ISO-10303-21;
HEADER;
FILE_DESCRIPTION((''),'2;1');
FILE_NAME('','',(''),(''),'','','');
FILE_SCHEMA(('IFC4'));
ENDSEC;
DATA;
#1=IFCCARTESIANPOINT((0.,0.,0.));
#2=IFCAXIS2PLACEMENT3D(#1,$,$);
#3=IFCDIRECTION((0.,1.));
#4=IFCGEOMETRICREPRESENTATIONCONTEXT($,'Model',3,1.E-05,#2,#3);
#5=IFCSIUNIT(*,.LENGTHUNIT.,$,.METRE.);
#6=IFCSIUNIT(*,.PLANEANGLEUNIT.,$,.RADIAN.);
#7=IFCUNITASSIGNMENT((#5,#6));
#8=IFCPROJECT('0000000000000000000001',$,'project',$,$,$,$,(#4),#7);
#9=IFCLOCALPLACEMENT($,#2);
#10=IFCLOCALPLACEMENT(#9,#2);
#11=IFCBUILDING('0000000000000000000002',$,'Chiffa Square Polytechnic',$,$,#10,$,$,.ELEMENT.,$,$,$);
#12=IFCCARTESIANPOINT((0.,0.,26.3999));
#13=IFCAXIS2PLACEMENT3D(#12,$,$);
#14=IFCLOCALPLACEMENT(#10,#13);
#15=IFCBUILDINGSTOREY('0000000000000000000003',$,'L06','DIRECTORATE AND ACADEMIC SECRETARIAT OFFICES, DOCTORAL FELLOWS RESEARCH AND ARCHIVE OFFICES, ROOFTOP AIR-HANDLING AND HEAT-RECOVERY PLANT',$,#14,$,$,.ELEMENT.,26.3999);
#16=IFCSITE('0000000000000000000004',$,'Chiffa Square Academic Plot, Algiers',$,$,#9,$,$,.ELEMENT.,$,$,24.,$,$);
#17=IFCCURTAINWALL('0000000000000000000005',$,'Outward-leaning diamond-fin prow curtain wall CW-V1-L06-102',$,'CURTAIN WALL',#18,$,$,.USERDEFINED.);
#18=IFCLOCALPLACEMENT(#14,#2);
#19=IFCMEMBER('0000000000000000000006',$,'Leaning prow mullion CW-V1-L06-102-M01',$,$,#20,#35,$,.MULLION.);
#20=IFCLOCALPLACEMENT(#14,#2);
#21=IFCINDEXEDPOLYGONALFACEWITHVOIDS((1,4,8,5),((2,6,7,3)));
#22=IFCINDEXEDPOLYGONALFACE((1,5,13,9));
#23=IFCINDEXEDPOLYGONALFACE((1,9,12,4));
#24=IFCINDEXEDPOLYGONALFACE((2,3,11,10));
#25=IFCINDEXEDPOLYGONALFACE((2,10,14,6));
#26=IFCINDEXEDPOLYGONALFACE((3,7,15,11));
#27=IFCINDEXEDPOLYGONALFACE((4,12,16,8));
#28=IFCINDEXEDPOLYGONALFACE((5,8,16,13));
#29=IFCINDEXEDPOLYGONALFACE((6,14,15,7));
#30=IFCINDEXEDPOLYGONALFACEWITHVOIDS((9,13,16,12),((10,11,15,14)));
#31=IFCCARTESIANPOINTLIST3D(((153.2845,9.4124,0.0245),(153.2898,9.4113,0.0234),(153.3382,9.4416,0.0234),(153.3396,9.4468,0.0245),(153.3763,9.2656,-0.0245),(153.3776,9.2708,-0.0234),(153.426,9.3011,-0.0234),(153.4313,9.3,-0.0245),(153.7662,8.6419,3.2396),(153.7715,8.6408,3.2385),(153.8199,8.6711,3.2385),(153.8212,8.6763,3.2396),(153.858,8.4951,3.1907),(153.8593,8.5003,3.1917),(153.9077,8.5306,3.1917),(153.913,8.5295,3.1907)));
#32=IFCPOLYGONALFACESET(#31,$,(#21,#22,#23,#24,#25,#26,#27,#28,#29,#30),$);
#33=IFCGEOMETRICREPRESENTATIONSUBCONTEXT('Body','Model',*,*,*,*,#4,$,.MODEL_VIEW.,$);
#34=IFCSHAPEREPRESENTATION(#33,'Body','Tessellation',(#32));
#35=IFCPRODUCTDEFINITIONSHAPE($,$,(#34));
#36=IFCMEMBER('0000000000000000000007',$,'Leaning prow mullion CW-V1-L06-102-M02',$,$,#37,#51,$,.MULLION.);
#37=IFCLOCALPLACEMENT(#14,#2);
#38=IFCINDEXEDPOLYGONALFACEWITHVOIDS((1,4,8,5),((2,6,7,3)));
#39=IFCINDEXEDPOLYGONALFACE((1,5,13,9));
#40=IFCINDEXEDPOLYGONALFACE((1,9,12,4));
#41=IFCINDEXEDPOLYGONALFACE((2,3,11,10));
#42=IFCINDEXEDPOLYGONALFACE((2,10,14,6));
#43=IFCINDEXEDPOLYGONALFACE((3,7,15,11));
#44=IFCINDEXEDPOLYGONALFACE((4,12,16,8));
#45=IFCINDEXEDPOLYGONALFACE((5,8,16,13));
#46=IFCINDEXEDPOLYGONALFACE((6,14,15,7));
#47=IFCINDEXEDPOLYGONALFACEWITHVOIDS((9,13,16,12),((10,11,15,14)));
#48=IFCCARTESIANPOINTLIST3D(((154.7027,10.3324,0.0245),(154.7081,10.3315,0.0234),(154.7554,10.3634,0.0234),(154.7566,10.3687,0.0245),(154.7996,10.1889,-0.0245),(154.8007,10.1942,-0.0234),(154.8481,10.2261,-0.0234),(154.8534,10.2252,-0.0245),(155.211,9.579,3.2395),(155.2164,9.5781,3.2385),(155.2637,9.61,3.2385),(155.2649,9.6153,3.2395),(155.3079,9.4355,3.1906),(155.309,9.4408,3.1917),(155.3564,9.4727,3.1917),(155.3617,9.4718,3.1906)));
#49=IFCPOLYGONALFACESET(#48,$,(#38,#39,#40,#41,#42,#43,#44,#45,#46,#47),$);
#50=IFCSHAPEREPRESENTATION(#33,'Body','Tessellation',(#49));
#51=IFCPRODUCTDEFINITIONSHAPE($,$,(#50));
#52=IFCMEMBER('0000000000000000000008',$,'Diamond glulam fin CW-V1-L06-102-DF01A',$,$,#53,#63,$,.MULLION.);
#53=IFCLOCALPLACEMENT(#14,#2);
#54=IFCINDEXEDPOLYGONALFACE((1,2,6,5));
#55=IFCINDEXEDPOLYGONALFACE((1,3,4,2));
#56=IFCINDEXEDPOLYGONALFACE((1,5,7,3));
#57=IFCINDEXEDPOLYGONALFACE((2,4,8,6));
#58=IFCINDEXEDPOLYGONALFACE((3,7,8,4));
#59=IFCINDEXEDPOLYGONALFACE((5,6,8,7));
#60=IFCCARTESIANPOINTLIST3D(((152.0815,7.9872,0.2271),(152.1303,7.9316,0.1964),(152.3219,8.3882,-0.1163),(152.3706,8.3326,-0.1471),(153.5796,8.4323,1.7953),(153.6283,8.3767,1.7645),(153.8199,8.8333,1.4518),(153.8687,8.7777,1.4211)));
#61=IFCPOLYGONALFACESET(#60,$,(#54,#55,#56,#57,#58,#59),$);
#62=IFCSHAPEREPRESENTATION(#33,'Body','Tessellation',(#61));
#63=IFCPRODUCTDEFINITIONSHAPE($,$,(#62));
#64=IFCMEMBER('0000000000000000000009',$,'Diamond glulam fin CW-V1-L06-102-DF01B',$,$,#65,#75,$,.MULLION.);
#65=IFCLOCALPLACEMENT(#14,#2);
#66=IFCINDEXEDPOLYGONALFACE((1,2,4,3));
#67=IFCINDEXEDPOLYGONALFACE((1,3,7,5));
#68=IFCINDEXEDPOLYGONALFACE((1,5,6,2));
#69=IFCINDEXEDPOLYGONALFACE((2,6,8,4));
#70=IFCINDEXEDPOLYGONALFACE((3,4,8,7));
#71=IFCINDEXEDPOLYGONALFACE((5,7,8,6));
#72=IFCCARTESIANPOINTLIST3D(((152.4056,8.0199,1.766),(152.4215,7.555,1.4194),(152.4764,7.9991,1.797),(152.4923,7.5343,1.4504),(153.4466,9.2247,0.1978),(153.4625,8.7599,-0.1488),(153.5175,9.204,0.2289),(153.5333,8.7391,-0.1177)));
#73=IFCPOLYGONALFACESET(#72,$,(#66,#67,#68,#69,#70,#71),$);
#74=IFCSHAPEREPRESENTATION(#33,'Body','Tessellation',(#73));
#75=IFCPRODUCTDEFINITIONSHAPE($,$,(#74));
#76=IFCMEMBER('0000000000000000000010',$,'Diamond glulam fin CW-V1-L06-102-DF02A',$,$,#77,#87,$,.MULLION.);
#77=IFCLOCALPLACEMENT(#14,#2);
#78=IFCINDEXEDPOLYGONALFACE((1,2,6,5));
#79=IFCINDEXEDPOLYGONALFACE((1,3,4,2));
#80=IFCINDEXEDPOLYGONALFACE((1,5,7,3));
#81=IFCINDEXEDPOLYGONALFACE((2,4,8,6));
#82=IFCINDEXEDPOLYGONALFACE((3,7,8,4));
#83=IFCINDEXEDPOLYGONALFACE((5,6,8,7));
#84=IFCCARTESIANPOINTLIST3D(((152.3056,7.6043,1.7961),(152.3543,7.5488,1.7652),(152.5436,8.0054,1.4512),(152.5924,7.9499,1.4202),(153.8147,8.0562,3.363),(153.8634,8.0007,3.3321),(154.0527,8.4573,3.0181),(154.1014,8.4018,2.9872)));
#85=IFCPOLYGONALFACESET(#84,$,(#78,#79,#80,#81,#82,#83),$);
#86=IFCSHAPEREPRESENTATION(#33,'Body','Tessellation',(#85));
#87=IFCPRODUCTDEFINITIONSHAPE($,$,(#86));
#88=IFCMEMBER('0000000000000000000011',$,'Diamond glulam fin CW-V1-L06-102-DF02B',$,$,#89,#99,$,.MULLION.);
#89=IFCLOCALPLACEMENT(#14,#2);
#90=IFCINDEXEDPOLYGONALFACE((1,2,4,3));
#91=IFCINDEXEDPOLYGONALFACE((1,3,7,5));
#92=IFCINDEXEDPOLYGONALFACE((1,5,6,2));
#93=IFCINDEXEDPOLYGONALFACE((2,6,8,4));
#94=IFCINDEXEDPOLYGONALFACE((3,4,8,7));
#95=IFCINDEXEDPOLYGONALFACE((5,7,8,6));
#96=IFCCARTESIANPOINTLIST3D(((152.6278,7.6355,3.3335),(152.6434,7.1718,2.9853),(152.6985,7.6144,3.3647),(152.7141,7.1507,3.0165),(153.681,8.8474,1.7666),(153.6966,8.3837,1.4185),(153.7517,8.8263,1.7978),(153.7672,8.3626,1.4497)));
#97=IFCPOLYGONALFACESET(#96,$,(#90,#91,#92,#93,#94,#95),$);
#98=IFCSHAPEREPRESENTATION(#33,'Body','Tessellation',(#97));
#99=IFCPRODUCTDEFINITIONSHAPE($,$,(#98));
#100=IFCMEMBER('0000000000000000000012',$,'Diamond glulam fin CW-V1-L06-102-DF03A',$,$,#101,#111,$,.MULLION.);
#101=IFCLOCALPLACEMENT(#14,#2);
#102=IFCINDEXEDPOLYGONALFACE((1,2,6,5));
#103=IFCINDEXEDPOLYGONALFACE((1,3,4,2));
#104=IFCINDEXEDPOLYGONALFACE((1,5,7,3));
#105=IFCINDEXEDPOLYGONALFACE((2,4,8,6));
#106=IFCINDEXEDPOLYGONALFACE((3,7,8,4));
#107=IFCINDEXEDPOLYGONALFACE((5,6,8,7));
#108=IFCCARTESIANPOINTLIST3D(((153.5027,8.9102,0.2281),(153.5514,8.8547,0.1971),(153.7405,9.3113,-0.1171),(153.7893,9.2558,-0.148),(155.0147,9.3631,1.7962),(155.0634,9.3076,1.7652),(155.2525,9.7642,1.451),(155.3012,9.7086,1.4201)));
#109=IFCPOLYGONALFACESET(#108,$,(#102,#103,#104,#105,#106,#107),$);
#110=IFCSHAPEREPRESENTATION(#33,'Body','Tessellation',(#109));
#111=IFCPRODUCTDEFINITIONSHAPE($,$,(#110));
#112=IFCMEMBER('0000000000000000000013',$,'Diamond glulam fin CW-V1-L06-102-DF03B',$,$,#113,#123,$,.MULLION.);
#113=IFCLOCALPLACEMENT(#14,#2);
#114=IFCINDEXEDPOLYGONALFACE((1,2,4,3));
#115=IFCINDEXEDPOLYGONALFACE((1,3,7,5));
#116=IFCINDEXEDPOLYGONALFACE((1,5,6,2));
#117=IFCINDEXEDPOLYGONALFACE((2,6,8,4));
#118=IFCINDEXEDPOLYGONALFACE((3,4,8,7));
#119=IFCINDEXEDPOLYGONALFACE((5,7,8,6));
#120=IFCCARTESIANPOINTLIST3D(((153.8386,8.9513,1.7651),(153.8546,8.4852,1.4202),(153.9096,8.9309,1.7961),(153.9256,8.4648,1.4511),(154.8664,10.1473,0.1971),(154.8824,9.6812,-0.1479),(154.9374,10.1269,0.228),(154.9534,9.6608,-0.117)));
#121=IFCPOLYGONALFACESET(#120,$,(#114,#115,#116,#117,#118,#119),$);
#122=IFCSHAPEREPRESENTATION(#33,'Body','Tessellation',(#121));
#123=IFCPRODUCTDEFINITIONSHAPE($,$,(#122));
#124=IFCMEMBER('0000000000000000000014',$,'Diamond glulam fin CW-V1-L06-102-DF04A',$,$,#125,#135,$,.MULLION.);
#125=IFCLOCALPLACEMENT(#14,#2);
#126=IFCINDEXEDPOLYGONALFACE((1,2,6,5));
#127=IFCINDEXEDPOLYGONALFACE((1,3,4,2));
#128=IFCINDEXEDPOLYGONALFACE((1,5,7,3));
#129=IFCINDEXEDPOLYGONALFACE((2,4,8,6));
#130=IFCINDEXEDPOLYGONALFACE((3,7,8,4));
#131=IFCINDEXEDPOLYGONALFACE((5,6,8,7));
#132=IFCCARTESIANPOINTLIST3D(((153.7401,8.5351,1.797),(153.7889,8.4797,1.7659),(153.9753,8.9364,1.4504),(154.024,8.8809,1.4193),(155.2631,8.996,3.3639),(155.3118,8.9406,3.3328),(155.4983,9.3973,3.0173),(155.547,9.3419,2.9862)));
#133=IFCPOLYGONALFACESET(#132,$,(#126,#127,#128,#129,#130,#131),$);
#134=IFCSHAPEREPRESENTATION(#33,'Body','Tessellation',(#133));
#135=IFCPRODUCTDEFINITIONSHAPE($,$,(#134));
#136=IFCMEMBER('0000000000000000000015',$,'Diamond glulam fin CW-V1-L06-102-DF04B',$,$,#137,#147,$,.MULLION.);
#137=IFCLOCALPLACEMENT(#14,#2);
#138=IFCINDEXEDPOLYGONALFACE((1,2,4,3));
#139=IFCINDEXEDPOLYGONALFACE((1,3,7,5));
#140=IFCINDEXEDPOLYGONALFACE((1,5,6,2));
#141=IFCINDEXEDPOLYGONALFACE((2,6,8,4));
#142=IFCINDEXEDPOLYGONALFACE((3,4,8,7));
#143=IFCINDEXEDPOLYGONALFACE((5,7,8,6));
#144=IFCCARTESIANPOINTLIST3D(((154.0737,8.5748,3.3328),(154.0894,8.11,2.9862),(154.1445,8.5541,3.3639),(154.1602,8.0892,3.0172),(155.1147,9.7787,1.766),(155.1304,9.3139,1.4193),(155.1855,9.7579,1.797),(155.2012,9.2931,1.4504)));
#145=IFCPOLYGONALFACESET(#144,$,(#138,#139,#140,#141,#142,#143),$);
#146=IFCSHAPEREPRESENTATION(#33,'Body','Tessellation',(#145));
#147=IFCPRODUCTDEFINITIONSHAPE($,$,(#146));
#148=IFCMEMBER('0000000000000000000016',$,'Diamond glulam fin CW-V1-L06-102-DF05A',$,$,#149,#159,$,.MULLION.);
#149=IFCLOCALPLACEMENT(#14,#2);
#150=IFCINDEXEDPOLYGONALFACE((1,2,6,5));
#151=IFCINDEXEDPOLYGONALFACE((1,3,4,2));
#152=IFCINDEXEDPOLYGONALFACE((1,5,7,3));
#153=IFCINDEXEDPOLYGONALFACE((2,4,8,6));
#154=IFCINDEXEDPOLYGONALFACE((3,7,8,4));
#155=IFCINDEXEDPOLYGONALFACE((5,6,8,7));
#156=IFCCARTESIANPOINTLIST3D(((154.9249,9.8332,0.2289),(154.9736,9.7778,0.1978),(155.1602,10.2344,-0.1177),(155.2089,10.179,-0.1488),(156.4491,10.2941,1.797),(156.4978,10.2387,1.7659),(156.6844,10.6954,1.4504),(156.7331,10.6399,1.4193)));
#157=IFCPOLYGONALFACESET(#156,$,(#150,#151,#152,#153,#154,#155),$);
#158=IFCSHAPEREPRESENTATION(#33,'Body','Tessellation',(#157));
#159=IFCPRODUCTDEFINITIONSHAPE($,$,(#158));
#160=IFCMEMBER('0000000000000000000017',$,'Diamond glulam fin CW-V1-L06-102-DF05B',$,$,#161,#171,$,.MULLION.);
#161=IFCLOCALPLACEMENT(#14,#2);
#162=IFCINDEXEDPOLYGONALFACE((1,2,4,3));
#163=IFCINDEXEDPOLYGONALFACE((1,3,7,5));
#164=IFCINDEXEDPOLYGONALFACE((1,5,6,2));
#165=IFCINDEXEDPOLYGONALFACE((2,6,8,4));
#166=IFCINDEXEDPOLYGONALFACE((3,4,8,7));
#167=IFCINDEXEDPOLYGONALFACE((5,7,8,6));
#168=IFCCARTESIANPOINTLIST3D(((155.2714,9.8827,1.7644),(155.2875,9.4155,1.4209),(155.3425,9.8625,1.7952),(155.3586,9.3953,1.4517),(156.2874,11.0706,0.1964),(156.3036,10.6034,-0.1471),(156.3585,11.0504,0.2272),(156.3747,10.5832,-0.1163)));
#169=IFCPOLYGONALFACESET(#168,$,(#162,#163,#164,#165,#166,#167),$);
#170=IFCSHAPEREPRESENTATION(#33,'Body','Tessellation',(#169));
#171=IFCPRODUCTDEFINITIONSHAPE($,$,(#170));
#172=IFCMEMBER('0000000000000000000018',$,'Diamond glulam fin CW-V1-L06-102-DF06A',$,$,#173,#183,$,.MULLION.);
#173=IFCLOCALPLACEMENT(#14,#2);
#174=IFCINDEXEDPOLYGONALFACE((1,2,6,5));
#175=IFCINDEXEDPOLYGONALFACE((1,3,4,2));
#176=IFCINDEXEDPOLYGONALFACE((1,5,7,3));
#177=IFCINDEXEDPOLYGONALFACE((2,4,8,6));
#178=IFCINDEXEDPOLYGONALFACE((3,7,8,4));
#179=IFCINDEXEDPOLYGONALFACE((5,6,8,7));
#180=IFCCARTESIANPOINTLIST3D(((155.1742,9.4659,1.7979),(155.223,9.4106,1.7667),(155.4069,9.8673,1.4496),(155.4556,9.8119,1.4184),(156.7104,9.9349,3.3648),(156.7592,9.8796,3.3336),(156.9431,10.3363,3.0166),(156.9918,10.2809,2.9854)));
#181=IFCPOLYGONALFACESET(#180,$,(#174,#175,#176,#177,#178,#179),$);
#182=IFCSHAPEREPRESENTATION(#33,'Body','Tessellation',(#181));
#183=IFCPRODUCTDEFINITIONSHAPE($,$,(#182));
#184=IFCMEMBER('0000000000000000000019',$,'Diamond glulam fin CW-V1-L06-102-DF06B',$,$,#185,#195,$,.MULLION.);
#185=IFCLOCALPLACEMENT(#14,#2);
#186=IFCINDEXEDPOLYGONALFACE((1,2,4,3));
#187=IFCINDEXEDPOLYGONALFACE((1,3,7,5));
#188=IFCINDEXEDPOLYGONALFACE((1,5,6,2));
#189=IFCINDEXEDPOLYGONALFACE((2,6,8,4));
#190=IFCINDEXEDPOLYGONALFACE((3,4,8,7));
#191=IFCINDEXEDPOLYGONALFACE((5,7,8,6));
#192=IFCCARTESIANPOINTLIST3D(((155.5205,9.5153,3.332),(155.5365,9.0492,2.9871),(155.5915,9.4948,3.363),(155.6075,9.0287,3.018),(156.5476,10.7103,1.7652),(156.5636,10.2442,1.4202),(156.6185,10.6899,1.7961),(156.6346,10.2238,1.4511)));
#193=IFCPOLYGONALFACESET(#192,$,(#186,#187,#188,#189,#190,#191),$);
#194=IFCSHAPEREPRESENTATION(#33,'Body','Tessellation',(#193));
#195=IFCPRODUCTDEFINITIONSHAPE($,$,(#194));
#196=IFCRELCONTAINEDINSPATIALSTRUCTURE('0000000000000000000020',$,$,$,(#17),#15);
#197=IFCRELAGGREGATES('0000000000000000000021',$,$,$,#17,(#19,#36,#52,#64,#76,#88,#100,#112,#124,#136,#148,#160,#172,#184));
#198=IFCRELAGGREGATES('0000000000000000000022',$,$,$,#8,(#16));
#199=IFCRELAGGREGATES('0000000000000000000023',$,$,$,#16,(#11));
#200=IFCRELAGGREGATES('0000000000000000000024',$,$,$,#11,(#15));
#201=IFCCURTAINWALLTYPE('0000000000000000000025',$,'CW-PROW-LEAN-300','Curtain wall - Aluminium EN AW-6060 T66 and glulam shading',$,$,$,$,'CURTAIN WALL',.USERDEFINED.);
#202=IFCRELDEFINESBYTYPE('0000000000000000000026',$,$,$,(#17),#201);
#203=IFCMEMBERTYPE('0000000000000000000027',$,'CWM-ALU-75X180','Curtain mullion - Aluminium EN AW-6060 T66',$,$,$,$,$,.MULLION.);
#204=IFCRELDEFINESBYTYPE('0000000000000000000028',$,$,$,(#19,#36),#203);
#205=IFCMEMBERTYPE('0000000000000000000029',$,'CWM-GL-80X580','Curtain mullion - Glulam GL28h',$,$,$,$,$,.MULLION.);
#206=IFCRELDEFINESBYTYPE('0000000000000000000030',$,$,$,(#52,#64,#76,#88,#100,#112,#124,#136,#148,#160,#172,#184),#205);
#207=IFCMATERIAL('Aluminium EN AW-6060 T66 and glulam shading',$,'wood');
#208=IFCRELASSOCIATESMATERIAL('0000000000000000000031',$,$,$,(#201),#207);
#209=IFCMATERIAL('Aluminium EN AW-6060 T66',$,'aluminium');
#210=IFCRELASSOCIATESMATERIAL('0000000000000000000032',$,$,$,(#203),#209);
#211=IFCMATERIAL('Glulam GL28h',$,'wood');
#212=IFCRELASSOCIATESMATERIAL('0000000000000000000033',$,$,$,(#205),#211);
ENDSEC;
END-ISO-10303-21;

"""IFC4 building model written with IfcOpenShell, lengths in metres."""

from ifc_helpers import new_model, si_unit, direction, frame, origin, origin_2d, place, context, subcontext, project, spatial, rectangle, hollow_rectangle, extrude, material, material_profile, profile_set, type_object, element, aggregate, save


model = new_model("IFC4")

# Units and contexts
model_context = context("Model", 3, precision=1e-05, world=origin(), true_north=direction((0.0, 1.0)))
body_context = subcontext(model_context, "Body", "Model", "MODEL_VIEW")
ifc_project = project(units=[si_unit("LENGTHUNIT", "METRE"), si_unit("PLANEANGLEUNIT", "RADIAN")], contexts=[model_context])

# Site, building, storey
site_placement = place(None, origin())
site = spatial("IfcSite", under=ifc_project, at=site_placement, Name="Chiffa Square Academic Plot, Algiers", CompositionType="ELEMENT", RefElevation=24.0)
building_placement = place(site_placement, origin())
building = spatial("IfcBuilding", under=site, at=building_placement, Name="Chiffa Square Polytechnic", CompositionType="ELEMENT")
storey_placement = place(building_placement, frame((0.0, 0.0, 26.3999)))
storey = spatial("IfcBuildingStorey", under=building, at=storey_placement, Name="L06", Description="DIRECTORATE AND ACADEMIC SECRETARIAT OFFICES, DOCTORAL FELLOWS RESEARCH AND ARCHIVE OFFICES, ROOFTOP AIR-HANDLING AND HEAT-RECOVERY PLANT", CompositionType="ELEMENT", Elevation=26.3999)

# Curtain wall, members
ifc_material_1 = material(Name="Aluminium EN AW-6060 T66 and glulam shading", Category="wood")
curtain_wall_type_1 = type_object("IfcCurtainWallType", Name="CW-PROW-LEAN-300", Description="Curtain wall - Aluminium EN AW-6060 T66 and glulam shading", ElementType="CURTAIN WALL", PredefinedType="USERDEFINED", material=ifc_material_1)
curtain_wall_1_placement = place(storey_placement, origin())
curtain_wall_1 = element("IfcCurtainWall", 1, at=curtain_wall_1_placement, inside=storey, type_object=curtain_wall_type_1, Name="Outward-leaning diamond-fin prow curtain wall CW-V1-L06-102", ObjectType="CURTAIN WALL", PredefinedType="USERDEFINED")
ifc_material_2 = material(Name="Aluminium EN AW-6060 T66", Category="aluminium")
ifc_material_profile_1 = material_profile(ifc_material_2, hollow_rectangle(XDim=0.0649, YDim=0.1799, WallThickness=0.0039, at=origin_2d()), Name="ALU 65x180x4")
ifc_profile_set_1 = profile_set([ifc_material_profile_1], Name="Aluminium EN AW-6060 T66")
member_type_1 = type_object("IfcMemberType", Name="CWM-ALU-75X180", Description="Curtain mullion - Aluminium EN AW-6060 T66", PredefinedType="MULLION", material=ifc_profile_set_1)
member_1_placement = place(storey_placement, frame((153.3579, 9.3562, 0.0), z_axis=(0.144174, -0.23062, 0.962304), x_axis=(0.847938, 0.530096, 0.0)))
member_1 = element("IfcMember", 2, at=member_1_placement, type_object=member_type_1, Name="Leaning prow mullion CW-V1-L06-102-M01", PredefinedType="MULLION", context=body_context, shape_type="SweptSolid", body=[
    extrude(hollow_rectangle(XDim=0.0649, YDim=0.1799, WallThickness=0.0039, at=origin_2d()), origin(), (0.0, 0.0, 1.0), 3.3411),
])
member_2_placement = place(storey_placement, frame((154.7781, 10.2788, 0.0), z_axis=(0.152137, -0.225501, 0.962291), x_axis=(0.828979, 0.559279, 0.0)))
member_2 = element("IfcMember", 3, at=member_2_placement, type_object=member_type_1, Name="Leaning prow mullion CW-V1-L06-102-M02", PredefinedType="MULLION", context=body_context, shape_type="SweptSolid", body=[
    extrude(hollow_rectangle(XDim=0.0649, YDim=0.1799, WallThickness=0.0039, at=origin_2d()), origin(), (0.0, 0.0, 1.0), 3.3411),
])
ifc_material_3 = material(Name="Glulam GL28h", Category="wood")
ifc_material_profile_2 = material_profile(ifc_material_3, rectangle(XDim=0.0801, YDim=0.5801, at=origin_2d()), Name="GL28h 80x580")
ifc_profile_set_2 = profile_set([ifc_material_profile_2], Name="Glulam GL28h")
member_type_2 = type_object("IfcMemberType", Name="CWM-GL-80X580", Description="Curtain mullion - Glulam GL28h", PredefinedType="MULLION", material=ifc_profile_set_2)
member_3_placement = place(storey_placement, frame((152.2261, 8.1599, 0.04), z_axis=(0.676665, 0.201036, 0.708314), x_axis=(-0.60865, 0.694072, 0.384459)))
member_3 = element("IfcMember", 4, at=member_3_placement, type_object=member_type_2, Name="Diamond glulam fin CW-V1-L06-102-DF01A", PredefinedType="MULLION", context=body_context, shape_type="SweptSolid", body=[
    extrude(rectangle(XDim=0.0801, YDim=0.5801, at=origin_2d()), origin(), (0.0, 0.0, 1.0), 2.2139),
])
member_4_placement = place(storey_placement, frame((153.49, 8.9819, 0.04), z_axis=(-0.465821, -0.539124, 0.701681), x_axis=(0.884456, -0.259143, 0.388051)))
member_4 = element("IfcMember", 5, at=member_4_placement, type_object=member_type_2, Name="Diamond glulam fin CW-V1-L06-102-DF01B", PredefinedType="MULLION", context=body_context, shape_type="SweptSolid", body=[
    extrude(rectangle(XDim=0.0801, YDim=0.5801, at=origin_2d()), origin(), (0.0, 0.0, 1.0), 2.2349),
])
member_5_placement = place(storey_placement, frame((152.449, 7.7771, 1.6082), z_axis=(0.679183, 0.203392, 0.705225), x_axis=(-0.608545, 0.693231, 0.38614)))
member_5 = element("IfcMember", 6, at=member_5_placement, type_object=member_type_2, Name="Diamond glulam fin CW-V1-L06-102-DF02A", PredefinedType="MULLION", context=body_context, shape_type="SweptSolid", body=[
    extrude(rectangle(XDim=0.0801, YDim=0.5801, at=origin_2d()), origin(), (0.0, 0.0, 1.0), 2.2219),
])
member_6_placement = place(storey_placement, frame((153.7241, 8.605, 1.6082), z_axis=(-0.469461, -0.540195, 0.698424), x_axis=(0.882545, -0.263019, 0.38979)))
member_6 = element("IfcMember", 7, at=member_6_placement, type_object=member_type_2, Name="Diamond glulam fin CW-V1-L06-102-DF02B", PredefinedType="MULLION", context=body_context, shape_type="SweptSolid", body=[
    extrude(rectangle(XDim=0.0801, YDim=0.5801, at=origin_2d()), origin(), (0.0, 0.0, 1.0), 2.2434),
])
member_7_placement = place(storey_placement, frame((153.646, 9.083, 0.04), z_axis=(0.679569, 0.203552, 0.704807), x_axis=(-0.608369, 0.693259, 0.386366)))
member_7 = element("IfcMember", 8, at=member_7_placement, type_object=member_type_2, Name="Diamond glulam fin CW-V1-L06-102-DF03A", PredefinedType="MULLION", context=body_context, shape_type="SweptSolid", body=[
    extrude(rectangle(XDim=0.0801, YDim=0.5801, at=origin_2d()), origin(), (0.0, 0.0, 1.0), 2.2249),
])
member_8_placement = place(storey_placement, frame((154.9099, 9.9041, 0.04), z_axis=(-0.462165, -0.537802, 0.705104), x_axis=(0.886363, -0.255356, 0.386206)))
member_8 = element("IfcMember", 9, at=member_8_placement, type_object=member_type_2, Name="Diamond glulam fin CW-V1-L06-102-DF03B", PredefinedType="MULLION", context=body_context, shape_type="SweptSolid", body=[
    extrude(rectangle(XDim=0.0801, YDim=0.5801, at=origin_2d()), origin(), (0.0, 0.0, 1.0), 2.2239),
])
member_9_placement = place(storey_placement, frame((153.8821, 8.708, 1.6082), z_axis=(0.681971, 0.206406, 0.70165), x_axis=(-0.608709, 0.692009, 0.388067)))
member_9 = element("IfcMember", 10, at=member_9_placement, type_object=member_type_2, Name="Diamond glulam fin CW-V1-L06-102-DF04A", PredefinedType="MULLION", context=body_context, shape_type="SweptSolid", body=[
    extrude(rectangle(XDim=0.0801, YDim=0.5801, at=origin_2d()), origin(), (0.0, 0.0, 1.0), 2.2332),
])
member_10_placement = place(storey_placement, frame((155.158, 9.5359, 1.6082), z_axis=(-0.466109, -0.539021, 0.701569), x_axis=(0.884312, -0.259544, 0.388111)))
member_10 = element("IfcMember", 11, at=member_10_placement, type_object=member_type_2, Name="Diamond glulam fin CW-V1-L06-102-DF04B", PredefinedType="MULLION", context=body_context, shape_type="SweptSolid", body=[
    extrude(rectangle(XDim=0.0801, YDim=0.5801, at=origin_2d()), origin(), (0.0, 0.0, 1.0), 2.2334),
])
member_11_placement = place(storey_placement, frame((155.0669, 10.0061, 0.04), z_axis=(0.682002, 0.20625, 0.701665), x_axis=(-0.608564, 0.692142, 0.388059)))
member_11 = element("IfcMember", 12, at=member_11_placement, type_object=member_type_2, Name="Diamond glulam fin CW-V1-L06-102-DF05A", PredefinedType="MULLION", context=body_context, shape_type="SweptSolid", body=[
    extrude(rectangle(XDim=0.0801, YDim=0.5801, at=origin_2d()), origin(), (0.0, 0.0, 1.0), 2.2349),
])
member_12_placement = place(storey_placement, frame((156.3311, 10.8269, 0.04), z_axis=(-0.458903, -0.536526, 0.708201), x_axis=(0.888051, -0.252011, 0.384521)))
member_12 = element("IfcMember", 13, at=member_12_placement, type_object=member_type_2, Name="Diamond glulam fin CW-V1-L06-102-DF05B", PredefinedType="MULLION", context=body_context, shape_type="SweptSolid", body=[
    extrude(rectangle(XDim=0.0801, YDim=0.5801, at=origin_2d()), origin(), (0.0, 0.0, 1.0), 2.2141),
])
member_13_placement = place(storey_placement, frame((155.3149, 9.6389, 1.6082), z_axis=(0.6846, 0.209014, 0.698309), x_axis=(-0.608645, 0.691063, 0.38985)))
member_13 = element("IfcMember", 14, at=member_13_placement, type_object=member_type_2, Name="Diamond glulam fin CW-V1-L06-102-DF06A", PredefinedType="MULLION", context=body_context, shape_type="SweptSolid", body=[
    extrude(rectangle(XDim=0.0801, YDim=0.5801, at=origin_2d()), origin(), (0.0, 0.0, 1.0), 2.2439),
])
member_14_placement = place(storey_placement, frame((156.5911, 10.467, 1.6082), z_axis=(-0.462194, -0.53778, 0.705102), x_axis=(0.886349, -0.255402, 0.386207)))
member_14 = element("IfcMember", 15, at=member_14_placement, type_object=member_type_2, Name="Diamond glulam fin CW-V1-L06-102-DF06B", PredefinedType="MULLION", context=body_context, shape_type="SweptSolid", body=[
    extrude(rectangle(XDim=0.0801, YDim=0.5801, at=origin_2d()), origin(), (0.0, 0.0, 1.0), 2.2222),
])

aggregate(curtain_wall_1, [member_1, member_2, member_3, member_4, member_5, member_6, member_7, member_8, member_9, member_10, member_11, member_12, member_13, member_14])

save(model, "model.ifc")
